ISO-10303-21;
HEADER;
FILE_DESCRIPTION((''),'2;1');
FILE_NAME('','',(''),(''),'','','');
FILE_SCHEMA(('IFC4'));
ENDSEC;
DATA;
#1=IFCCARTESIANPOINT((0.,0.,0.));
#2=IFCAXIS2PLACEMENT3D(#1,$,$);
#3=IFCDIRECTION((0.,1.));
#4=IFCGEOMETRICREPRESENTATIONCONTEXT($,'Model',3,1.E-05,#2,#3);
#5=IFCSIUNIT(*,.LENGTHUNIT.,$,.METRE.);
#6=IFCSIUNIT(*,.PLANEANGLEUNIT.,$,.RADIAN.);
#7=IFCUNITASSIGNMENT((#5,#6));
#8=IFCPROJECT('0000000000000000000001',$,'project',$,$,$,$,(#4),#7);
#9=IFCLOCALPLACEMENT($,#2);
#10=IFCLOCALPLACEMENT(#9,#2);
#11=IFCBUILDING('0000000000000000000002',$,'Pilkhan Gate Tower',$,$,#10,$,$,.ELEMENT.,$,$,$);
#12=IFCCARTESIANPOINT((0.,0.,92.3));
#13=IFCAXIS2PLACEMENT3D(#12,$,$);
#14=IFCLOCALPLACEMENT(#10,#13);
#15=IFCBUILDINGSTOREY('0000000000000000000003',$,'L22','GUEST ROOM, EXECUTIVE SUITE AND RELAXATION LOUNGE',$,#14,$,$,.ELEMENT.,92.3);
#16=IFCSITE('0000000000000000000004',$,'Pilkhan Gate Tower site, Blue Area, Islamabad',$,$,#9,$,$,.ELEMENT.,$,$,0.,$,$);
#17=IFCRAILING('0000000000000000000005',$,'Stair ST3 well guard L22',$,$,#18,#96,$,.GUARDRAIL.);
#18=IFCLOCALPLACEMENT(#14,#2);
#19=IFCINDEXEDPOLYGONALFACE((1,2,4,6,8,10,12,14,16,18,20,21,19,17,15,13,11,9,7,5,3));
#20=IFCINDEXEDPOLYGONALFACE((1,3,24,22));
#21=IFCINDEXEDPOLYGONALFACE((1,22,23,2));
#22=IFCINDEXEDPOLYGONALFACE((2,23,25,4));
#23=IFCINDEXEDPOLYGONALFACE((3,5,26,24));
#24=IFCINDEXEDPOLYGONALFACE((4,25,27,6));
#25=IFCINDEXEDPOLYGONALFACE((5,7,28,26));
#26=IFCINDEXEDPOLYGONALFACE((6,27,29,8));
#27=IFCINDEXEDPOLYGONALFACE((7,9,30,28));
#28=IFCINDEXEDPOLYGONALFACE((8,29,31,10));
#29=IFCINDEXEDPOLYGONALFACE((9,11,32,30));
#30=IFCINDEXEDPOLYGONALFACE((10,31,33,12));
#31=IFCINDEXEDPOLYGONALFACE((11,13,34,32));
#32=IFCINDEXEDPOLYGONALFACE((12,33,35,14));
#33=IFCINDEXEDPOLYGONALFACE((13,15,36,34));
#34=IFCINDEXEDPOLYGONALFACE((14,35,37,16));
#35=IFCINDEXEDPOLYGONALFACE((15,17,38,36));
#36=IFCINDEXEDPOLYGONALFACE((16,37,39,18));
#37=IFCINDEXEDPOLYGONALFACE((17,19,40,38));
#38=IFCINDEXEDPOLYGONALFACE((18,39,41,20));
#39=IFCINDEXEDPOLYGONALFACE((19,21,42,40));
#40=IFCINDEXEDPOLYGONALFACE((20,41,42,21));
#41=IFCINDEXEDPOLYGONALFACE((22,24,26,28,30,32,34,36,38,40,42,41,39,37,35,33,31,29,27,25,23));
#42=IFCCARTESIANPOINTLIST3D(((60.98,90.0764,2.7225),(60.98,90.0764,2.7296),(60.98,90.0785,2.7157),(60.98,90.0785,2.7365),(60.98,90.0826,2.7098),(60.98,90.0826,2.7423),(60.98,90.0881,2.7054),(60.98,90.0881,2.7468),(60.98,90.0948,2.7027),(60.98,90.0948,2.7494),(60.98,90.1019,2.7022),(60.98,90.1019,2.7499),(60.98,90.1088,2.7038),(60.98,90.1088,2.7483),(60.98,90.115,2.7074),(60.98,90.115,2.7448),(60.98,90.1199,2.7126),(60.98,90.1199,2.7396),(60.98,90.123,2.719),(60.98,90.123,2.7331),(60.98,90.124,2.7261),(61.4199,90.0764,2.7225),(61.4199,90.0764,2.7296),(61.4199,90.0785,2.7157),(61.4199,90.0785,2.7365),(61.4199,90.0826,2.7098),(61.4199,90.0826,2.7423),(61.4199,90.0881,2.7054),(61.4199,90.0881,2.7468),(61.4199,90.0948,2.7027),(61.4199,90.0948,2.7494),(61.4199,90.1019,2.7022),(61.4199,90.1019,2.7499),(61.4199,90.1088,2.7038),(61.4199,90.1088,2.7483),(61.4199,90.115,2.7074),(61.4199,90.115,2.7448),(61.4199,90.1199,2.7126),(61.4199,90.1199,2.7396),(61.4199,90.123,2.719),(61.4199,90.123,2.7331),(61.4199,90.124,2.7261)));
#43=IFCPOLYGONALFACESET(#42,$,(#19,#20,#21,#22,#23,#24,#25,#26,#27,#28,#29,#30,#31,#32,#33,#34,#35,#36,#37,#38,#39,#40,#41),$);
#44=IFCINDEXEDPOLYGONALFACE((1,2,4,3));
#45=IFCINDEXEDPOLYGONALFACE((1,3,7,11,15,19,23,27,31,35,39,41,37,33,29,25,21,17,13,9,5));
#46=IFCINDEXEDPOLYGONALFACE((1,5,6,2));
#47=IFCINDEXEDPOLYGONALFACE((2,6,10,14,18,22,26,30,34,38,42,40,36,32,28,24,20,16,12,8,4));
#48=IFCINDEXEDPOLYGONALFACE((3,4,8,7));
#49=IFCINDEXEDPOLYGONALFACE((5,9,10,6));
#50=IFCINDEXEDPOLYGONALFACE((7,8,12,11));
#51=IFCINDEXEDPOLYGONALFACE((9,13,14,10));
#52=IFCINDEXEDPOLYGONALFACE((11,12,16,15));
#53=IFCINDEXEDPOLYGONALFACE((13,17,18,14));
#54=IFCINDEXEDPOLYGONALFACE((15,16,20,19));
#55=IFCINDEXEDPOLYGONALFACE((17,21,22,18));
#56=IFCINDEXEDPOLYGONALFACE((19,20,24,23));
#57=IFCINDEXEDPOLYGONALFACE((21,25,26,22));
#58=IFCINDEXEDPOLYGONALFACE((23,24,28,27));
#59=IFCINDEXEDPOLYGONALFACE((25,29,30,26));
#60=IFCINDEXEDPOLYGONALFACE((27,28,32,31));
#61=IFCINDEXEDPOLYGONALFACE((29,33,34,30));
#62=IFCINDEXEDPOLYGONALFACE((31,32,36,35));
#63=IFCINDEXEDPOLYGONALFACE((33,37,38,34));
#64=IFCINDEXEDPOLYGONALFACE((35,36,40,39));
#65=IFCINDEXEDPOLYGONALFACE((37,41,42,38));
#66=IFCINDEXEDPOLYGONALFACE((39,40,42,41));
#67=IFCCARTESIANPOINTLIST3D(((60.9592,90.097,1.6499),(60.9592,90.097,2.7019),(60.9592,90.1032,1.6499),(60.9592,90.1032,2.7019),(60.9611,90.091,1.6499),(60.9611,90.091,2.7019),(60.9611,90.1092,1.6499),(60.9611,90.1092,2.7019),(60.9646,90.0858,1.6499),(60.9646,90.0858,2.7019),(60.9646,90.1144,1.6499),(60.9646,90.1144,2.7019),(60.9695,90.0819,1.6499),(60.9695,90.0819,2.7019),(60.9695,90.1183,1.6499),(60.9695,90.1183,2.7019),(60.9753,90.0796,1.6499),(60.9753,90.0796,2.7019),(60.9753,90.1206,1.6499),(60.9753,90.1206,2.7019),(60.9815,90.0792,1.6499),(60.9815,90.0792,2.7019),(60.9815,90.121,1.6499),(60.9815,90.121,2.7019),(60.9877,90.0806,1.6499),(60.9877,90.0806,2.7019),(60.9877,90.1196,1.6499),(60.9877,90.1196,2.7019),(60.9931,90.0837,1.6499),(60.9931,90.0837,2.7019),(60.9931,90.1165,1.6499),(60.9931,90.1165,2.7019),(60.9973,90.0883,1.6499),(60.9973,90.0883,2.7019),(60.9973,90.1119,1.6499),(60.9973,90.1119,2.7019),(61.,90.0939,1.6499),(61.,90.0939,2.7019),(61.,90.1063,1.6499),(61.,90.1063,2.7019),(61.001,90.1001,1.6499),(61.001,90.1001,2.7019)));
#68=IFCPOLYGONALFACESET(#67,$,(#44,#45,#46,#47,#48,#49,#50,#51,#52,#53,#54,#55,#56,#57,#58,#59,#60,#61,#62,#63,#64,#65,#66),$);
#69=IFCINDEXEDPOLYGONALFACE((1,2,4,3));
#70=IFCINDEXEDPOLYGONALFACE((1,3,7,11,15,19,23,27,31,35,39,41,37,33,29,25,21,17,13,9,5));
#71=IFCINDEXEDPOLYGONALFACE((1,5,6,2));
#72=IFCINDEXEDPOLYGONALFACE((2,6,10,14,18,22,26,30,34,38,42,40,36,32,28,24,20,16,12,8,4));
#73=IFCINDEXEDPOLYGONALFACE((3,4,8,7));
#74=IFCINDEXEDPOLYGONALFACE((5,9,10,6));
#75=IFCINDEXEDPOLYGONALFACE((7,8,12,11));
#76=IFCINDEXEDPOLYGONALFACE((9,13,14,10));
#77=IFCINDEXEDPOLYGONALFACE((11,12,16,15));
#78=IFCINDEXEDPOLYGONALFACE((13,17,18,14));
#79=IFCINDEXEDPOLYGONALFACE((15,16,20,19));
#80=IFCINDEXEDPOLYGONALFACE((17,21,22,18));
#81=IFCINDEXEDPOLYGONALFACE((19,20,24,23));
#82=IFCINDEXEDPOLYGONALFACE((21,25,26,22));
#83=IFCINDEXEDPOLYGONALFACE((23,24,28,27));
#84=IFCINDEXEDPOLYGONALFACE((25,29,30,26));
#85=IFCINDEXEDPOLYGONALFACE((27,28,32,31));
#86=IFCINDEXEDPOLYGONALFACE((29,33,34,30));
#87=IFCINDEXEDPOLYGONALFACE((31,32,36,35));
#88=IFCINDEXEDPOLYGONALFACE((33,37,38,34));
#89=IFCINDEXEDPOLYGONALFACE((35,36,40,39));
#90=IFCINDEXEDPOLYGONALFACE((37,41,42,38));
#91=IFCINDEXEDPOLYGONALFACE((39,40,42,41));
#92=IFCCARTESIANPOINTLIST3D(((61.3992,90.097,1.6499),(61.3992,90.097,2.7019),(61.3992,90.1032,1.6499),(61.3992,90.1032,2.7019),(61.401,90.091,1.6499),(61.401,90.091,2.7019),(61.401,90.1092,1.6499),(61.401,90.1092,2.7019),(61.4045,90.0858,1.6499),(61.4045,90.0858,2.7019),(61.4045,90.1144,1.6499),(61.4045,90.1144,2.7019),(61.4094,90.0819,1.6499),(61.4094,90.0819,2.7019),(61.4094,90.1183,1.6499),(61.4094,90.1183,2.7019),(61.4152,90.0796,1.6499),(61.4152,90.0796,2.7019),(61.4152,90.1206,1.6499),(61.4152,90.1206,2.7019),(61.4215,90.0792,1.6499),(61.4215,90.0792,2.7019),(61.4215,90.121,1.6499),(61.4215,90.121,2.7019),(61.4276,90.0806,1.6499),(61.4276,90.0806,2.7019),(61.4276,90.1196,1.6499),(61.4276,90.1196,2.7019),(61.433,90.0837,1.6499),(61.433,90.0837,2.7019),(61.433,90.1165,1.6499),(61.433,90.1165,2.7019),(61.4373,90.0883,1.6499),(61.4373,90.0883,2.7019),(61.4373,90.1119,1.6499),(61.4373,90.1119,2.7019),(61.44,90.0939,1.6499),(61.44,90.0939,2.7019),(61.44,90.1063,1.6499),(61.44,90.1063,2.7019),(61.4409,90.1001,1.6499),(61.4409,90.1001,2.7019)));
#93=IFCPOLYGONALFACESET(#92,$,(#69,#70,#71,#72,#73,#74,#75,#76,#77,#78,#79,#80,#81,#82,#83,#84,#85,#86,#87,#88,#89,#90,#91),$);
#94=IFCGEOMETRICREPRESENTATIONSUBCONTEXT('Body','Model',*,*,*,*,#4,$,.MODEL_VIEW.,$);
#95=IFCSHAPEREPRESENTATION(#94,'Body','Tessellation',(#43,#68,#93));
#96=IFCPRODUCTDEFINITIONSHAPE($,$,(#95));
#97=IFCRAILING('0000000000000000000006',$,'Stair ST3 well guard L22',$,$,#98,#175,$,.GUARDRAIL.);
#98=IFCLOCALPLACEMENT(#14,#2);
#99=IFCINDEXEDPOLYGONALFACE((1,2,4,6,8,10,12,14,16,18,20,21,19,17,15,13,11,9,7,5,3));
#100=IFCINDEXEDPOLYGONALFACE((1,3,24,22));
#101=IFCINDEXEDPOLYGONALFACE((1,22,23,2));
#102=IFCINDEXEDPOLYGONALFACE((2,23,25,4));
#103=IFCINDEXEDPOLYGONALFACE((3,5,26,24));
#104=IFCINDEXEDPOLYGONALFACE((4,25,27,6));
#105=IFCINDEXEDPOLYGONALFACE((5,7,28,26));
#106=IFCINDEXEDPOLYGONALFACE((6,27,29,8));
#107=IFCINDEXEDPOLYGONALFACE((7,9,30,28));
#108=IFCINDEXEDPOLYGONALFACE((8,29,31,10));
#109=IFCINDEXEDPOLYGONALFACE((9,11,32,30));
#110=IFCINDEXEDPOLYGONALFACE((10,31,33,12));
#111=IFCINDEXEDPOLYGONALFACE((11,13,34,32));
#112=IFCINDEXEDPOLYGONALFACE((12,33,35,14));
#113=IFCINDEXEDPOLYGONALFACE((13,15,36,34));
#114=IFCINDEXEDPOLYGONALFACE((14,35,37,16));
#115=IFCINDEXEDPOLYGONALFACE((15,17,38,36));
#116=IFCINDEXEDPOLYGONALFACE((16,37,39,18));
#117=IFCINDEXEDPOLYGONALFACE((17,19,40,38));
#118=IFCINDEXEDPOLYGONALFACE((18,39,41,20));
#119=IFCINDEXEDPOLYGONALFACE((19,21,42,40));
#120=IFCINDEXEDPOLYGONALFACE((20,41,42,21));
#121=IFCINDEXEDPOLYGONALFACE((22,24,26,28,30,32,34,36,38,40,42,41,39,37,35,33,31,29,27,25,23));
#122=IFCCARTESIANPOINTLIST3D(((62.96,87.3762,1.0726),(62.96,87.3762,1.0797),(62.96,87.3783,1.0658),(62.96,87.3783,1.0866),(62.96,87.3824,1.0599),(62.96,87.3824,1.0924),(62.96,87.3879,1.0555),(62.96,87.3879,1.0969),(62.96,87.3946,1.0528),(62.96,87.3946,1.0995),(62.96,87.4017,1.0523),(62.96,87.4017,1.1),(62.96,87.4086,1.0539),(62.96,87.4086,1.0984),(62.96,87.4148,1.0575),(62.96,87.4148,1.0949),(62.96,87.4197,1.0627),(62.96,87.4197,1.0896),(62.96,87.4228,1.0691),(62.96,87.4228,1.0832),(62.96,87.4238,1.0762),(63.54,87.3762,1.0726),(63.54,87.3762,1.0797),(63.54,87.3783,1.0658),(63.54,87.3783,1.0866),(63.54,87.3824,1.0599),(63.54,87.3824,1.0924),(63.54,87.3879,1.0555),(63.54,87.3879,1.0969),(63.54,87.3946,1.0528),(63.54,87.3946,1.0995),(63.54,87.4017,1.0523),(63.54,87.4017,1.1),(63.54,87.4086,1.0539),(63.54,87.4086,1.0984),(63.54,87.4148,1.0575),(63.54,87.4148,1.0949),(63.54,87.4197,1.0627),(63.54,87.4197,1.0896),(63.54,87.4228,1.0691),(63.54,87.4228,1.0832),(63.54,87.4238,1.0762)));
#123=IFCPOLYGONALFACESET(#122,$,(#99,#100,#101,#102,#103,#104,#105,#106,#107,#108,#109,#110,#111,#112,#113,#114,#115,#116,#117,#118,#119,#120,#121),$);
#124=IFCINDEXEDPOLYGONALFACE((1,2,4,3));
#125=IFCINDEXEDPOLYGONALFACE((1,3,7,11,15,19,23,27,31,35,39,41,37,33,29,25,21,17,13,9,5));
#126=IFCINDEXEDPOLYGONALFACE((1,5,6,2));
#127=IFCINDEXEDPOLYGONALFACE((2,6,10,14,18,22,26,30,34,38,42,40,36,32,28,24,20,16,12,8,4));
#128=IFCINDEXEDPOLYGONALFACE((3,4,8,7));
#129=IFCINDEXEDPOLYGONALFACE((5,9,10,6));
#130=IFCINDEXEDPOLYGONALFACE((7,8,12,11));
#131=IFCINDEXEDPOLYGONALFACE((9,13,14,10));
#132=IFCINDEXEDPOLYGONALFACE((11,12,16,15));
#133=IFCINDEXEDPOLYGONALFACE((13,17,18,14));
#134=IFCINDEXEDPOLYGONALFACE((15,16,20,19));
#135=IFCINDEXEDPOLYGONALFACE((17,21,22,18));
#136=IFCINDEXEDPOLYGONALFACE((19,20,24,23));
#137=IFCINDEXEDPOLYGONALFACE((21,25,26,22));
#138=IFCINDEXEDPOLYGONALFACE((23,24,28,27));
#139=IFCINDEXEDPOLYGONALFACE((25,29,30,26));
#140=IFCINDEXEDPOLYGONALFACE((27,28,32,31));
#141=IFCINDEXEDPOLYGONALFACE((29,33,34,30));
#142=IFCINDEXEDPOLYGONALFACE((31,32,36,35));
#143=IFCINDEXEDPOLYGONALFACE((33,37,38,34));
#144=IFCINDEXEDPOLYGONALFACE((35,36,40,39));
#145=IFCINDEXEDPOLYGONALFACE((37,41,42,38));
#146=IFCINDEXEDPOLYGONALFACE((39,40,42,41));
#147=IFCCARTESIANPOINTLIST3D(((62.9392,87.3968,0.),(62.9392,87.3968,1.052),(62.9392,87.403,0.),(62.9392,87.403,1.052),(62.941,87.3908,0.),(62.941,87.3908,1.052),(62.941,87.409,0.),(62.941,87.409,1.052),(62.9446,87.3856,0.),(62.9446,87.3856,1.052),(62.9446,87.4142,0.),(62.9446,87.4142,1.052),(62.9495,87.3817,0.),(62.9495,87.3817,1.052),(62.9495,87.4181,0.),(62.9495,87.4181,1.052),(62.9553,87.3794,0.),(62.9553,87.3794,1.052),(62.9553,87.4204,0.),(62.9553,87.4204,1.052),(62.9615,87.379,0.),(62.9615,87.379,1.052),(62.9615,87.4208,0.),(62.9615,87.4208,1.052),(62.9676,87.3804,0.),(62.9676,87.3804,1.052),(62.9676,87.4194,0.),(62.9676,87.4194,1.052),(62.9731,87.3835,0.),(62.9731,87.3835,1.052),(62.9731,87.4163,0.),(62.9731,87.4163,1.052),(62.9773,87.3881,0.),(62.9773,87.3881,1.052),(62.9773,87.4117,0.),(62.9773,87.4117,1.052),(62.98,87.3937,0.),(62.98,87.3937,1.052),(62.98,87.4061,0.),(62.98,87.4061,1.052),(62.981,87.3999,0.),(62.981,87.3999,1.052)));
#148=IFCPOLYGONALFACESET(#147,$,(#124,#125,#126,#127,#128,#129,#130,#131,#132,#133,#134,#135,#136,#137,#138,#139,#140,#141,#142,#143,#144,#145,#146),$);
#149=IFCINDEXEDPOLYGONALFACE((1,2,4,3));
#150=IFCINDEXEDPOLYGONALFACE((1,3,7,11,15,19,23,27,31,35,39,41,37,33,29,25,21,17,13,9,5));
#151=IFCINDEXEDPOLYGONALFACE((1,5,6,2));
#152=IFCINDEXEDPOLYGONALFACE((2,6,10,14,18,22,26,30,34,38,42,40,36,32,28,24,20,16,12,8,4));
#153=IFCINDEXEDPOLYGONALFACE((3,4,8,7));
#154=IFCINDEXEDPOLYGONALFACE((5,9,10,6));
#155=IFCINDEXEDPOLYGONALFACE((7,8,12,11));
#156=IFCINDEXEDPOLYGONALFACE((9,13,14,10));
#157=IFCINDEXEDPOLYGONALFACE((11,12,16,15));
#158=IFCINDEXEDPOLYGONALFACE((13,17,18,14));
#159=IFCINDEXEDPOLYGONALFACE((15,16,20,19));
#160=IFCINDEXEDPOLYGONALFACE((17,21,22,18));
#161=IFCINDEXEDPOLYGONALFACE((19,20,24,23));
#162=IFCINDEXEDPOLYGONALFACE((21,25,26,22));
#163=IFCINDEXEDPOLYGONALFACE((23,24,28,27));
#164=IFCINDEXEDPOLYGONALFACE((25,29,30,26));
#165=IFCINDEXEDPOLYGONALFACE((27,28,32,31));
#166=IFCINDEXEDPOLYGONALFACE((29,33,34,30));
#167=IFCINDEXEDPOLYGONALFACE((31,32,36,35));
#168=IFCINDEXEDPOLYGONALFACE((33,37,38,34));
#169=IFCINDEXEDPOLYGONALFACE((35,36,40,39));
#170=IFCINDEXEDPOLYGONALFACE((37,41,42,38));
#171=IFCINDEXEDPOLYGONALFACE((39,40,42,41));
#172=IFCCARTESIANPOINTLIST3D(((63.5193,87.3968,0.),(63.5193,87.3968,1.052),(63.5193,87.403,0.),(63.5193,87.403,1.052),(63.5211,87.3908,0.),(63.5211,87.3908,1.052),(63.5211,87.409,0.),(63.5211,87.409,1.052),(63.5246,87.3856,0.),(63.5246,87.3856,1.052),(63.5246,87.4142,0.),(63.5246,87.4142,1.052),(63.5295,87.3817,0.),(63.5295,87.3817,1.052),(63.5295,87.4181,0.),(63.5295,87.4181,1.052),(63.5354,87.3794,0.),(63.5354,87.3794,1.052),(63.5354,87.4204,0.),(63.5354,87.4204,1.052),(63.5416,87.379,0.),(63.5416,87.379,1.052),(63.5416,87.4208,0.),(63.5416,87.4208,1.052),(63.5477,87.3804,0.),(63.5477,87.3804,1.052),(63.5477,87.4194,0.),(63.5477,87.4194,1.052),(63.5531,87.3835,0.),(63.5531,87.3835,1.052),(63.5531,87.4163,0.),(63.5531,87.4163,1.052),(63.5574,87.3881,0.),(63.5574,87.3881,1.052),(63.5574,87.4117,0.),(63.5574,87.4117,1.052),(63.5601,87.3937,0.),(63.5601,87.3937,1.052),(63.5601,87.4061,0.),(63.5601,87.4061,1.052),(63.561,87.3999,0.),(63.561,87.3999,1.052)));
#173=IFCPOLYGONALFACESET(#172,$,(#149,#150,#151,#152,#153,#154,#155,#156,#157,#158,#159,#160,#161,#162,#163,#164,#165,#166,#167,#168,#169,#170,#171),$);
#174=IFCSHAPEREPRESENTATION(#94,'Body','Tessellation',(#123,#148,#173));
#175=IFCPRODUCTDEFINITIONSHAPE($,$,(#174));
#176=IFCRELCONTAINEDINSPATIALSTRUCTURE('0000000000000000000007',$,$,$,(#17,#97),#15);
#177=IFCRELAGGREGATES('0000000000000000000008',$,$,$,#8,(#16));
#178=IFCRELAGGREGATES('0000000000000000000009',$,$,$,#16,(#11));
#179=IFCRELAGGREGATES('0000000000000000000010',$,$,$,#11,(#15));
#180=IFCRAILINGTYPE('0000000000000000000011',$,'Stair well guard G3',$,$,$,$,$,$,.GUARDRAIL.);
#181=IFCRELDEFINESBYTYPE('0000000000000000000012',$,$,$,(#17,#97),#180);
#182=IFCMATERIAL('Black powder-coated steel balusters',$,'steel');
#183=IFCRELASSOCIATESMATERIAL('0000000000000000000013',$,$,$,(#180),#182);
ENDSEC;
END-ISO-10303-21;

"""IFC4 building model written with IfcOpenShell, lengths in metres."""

from ifc_helpers import new_model, si_unit, direction, frame, origin, origin_2d, place, context, subcontext, project, spatial, circle, extrude, material, type_object, element, save


model = new_model("IFC4")

# Units and contexts
model_context = context("Model", 3, precision=1e-05, world=origin(), true_north=direction((0.0, 1.0)))
body_context = subcontext(model_context, "Body", "Model", "MODEL_VIEW")
ifc_project = project(units=[si_unit("LENGTHUNIT", "METRE"), si_unit("PLANEANGLEUNIT", "RADIAN")], contexts=[model_context])

# Site, building, storey
site_placement = place(None, origin())
site = spatial("IfcSite", under=ifc_project, at=site_placement, Name="Pilkhan Gate Tower site, Blue Area, Islamabad", CompositionType="ELEMENT", RefElevation=0.0)
building_placement = place(site_placement, origin())
building = spatial("IfcBuilding", under=site, at=building_placement, Name="Pilkhan Gate Tower", CompositionType="ELEMENT")
storey_placement = place(building_placement, frame((0.0, 0.0, 92.3)))
storey = spatial("IfcBuildingStorey", under=building, at=storey_placement, Name="L22", Description="GUEST ROOM, EXECUTIVE SUITE AND RELAXATION LOUNGE", CompositionType="ELEMENT", Elevation=92.3)

# Railings
ifc_material_1 = material(Name="Black powder-coated steel balusters", Category="steel")
railing_type_1 = type_object("IfcRailingType", Name="Stair well guard G3", PredefinedType="GUARDRAIL", material=ifc_material_1)
railing_1_placement = place(storey_placement, frame((60.98, 90.1001, 1.6499)))
element("IfcRailing", 1, at=railing_1_placement, inside=storey, type_object=railing_type_1, Name="Stair ST3 well guard L22", PredefinedType="GUARDRAIL", context=body_context, shape_type="SweptSolid", body=[
    extrude(circle(Radius=0.0239, at=origin_2d()), frame((0.0, 0.0, 1.0762), z_axis=(1.0, 0.0, 0.0), x_axis=(0.0, 1.0, 0.0)), (0.0, 0.0, 1.0), 0.4399),
    extrude(circle(Radius=0.021, at=origin_2d()), origin(), (0.0, 0.0, 1.0), 1.052),
    extrude(circle(Radius=0.021, at=origin_2d()), frame((0.4399, 0.0, 0.0)), (0.0, 0.0, 1.0), 1.052),
])
for number, where, name in (
    (2, (62.96, 87.3999, 0.0), "Stair ST3 well guard L22"),
):
    element("IfcRailing", number, at=place(storey_placement, frame(where)), inside=storey, type_object=railing_type_1, Name=name, PredefinedType="GUARDRAIL", context=body_context, shape_type="SweptSolid", body=[
        extrude(circle(Radius=0.0239, at=origin_2d()), frame((0.0, 0.0, 1.0762), z_axis=(1.0, 0.0, 0.0), x_axis=(0.0, 1.0, 0.0)), (0.0, 0.0, 1.0), 0.5801),
        extrude(circle(Radius=0.021, at=origin_2d()), origin(), (0.0, 0.0, 1.0), 1.052),
        extrude(circle(Radius=0.021, at=origin_2d()), frame((0.5801, 0.0, 0.0)), (0.0, 0.0, 1.0), 1.052),
    ])

save(model, "model.ifc")
